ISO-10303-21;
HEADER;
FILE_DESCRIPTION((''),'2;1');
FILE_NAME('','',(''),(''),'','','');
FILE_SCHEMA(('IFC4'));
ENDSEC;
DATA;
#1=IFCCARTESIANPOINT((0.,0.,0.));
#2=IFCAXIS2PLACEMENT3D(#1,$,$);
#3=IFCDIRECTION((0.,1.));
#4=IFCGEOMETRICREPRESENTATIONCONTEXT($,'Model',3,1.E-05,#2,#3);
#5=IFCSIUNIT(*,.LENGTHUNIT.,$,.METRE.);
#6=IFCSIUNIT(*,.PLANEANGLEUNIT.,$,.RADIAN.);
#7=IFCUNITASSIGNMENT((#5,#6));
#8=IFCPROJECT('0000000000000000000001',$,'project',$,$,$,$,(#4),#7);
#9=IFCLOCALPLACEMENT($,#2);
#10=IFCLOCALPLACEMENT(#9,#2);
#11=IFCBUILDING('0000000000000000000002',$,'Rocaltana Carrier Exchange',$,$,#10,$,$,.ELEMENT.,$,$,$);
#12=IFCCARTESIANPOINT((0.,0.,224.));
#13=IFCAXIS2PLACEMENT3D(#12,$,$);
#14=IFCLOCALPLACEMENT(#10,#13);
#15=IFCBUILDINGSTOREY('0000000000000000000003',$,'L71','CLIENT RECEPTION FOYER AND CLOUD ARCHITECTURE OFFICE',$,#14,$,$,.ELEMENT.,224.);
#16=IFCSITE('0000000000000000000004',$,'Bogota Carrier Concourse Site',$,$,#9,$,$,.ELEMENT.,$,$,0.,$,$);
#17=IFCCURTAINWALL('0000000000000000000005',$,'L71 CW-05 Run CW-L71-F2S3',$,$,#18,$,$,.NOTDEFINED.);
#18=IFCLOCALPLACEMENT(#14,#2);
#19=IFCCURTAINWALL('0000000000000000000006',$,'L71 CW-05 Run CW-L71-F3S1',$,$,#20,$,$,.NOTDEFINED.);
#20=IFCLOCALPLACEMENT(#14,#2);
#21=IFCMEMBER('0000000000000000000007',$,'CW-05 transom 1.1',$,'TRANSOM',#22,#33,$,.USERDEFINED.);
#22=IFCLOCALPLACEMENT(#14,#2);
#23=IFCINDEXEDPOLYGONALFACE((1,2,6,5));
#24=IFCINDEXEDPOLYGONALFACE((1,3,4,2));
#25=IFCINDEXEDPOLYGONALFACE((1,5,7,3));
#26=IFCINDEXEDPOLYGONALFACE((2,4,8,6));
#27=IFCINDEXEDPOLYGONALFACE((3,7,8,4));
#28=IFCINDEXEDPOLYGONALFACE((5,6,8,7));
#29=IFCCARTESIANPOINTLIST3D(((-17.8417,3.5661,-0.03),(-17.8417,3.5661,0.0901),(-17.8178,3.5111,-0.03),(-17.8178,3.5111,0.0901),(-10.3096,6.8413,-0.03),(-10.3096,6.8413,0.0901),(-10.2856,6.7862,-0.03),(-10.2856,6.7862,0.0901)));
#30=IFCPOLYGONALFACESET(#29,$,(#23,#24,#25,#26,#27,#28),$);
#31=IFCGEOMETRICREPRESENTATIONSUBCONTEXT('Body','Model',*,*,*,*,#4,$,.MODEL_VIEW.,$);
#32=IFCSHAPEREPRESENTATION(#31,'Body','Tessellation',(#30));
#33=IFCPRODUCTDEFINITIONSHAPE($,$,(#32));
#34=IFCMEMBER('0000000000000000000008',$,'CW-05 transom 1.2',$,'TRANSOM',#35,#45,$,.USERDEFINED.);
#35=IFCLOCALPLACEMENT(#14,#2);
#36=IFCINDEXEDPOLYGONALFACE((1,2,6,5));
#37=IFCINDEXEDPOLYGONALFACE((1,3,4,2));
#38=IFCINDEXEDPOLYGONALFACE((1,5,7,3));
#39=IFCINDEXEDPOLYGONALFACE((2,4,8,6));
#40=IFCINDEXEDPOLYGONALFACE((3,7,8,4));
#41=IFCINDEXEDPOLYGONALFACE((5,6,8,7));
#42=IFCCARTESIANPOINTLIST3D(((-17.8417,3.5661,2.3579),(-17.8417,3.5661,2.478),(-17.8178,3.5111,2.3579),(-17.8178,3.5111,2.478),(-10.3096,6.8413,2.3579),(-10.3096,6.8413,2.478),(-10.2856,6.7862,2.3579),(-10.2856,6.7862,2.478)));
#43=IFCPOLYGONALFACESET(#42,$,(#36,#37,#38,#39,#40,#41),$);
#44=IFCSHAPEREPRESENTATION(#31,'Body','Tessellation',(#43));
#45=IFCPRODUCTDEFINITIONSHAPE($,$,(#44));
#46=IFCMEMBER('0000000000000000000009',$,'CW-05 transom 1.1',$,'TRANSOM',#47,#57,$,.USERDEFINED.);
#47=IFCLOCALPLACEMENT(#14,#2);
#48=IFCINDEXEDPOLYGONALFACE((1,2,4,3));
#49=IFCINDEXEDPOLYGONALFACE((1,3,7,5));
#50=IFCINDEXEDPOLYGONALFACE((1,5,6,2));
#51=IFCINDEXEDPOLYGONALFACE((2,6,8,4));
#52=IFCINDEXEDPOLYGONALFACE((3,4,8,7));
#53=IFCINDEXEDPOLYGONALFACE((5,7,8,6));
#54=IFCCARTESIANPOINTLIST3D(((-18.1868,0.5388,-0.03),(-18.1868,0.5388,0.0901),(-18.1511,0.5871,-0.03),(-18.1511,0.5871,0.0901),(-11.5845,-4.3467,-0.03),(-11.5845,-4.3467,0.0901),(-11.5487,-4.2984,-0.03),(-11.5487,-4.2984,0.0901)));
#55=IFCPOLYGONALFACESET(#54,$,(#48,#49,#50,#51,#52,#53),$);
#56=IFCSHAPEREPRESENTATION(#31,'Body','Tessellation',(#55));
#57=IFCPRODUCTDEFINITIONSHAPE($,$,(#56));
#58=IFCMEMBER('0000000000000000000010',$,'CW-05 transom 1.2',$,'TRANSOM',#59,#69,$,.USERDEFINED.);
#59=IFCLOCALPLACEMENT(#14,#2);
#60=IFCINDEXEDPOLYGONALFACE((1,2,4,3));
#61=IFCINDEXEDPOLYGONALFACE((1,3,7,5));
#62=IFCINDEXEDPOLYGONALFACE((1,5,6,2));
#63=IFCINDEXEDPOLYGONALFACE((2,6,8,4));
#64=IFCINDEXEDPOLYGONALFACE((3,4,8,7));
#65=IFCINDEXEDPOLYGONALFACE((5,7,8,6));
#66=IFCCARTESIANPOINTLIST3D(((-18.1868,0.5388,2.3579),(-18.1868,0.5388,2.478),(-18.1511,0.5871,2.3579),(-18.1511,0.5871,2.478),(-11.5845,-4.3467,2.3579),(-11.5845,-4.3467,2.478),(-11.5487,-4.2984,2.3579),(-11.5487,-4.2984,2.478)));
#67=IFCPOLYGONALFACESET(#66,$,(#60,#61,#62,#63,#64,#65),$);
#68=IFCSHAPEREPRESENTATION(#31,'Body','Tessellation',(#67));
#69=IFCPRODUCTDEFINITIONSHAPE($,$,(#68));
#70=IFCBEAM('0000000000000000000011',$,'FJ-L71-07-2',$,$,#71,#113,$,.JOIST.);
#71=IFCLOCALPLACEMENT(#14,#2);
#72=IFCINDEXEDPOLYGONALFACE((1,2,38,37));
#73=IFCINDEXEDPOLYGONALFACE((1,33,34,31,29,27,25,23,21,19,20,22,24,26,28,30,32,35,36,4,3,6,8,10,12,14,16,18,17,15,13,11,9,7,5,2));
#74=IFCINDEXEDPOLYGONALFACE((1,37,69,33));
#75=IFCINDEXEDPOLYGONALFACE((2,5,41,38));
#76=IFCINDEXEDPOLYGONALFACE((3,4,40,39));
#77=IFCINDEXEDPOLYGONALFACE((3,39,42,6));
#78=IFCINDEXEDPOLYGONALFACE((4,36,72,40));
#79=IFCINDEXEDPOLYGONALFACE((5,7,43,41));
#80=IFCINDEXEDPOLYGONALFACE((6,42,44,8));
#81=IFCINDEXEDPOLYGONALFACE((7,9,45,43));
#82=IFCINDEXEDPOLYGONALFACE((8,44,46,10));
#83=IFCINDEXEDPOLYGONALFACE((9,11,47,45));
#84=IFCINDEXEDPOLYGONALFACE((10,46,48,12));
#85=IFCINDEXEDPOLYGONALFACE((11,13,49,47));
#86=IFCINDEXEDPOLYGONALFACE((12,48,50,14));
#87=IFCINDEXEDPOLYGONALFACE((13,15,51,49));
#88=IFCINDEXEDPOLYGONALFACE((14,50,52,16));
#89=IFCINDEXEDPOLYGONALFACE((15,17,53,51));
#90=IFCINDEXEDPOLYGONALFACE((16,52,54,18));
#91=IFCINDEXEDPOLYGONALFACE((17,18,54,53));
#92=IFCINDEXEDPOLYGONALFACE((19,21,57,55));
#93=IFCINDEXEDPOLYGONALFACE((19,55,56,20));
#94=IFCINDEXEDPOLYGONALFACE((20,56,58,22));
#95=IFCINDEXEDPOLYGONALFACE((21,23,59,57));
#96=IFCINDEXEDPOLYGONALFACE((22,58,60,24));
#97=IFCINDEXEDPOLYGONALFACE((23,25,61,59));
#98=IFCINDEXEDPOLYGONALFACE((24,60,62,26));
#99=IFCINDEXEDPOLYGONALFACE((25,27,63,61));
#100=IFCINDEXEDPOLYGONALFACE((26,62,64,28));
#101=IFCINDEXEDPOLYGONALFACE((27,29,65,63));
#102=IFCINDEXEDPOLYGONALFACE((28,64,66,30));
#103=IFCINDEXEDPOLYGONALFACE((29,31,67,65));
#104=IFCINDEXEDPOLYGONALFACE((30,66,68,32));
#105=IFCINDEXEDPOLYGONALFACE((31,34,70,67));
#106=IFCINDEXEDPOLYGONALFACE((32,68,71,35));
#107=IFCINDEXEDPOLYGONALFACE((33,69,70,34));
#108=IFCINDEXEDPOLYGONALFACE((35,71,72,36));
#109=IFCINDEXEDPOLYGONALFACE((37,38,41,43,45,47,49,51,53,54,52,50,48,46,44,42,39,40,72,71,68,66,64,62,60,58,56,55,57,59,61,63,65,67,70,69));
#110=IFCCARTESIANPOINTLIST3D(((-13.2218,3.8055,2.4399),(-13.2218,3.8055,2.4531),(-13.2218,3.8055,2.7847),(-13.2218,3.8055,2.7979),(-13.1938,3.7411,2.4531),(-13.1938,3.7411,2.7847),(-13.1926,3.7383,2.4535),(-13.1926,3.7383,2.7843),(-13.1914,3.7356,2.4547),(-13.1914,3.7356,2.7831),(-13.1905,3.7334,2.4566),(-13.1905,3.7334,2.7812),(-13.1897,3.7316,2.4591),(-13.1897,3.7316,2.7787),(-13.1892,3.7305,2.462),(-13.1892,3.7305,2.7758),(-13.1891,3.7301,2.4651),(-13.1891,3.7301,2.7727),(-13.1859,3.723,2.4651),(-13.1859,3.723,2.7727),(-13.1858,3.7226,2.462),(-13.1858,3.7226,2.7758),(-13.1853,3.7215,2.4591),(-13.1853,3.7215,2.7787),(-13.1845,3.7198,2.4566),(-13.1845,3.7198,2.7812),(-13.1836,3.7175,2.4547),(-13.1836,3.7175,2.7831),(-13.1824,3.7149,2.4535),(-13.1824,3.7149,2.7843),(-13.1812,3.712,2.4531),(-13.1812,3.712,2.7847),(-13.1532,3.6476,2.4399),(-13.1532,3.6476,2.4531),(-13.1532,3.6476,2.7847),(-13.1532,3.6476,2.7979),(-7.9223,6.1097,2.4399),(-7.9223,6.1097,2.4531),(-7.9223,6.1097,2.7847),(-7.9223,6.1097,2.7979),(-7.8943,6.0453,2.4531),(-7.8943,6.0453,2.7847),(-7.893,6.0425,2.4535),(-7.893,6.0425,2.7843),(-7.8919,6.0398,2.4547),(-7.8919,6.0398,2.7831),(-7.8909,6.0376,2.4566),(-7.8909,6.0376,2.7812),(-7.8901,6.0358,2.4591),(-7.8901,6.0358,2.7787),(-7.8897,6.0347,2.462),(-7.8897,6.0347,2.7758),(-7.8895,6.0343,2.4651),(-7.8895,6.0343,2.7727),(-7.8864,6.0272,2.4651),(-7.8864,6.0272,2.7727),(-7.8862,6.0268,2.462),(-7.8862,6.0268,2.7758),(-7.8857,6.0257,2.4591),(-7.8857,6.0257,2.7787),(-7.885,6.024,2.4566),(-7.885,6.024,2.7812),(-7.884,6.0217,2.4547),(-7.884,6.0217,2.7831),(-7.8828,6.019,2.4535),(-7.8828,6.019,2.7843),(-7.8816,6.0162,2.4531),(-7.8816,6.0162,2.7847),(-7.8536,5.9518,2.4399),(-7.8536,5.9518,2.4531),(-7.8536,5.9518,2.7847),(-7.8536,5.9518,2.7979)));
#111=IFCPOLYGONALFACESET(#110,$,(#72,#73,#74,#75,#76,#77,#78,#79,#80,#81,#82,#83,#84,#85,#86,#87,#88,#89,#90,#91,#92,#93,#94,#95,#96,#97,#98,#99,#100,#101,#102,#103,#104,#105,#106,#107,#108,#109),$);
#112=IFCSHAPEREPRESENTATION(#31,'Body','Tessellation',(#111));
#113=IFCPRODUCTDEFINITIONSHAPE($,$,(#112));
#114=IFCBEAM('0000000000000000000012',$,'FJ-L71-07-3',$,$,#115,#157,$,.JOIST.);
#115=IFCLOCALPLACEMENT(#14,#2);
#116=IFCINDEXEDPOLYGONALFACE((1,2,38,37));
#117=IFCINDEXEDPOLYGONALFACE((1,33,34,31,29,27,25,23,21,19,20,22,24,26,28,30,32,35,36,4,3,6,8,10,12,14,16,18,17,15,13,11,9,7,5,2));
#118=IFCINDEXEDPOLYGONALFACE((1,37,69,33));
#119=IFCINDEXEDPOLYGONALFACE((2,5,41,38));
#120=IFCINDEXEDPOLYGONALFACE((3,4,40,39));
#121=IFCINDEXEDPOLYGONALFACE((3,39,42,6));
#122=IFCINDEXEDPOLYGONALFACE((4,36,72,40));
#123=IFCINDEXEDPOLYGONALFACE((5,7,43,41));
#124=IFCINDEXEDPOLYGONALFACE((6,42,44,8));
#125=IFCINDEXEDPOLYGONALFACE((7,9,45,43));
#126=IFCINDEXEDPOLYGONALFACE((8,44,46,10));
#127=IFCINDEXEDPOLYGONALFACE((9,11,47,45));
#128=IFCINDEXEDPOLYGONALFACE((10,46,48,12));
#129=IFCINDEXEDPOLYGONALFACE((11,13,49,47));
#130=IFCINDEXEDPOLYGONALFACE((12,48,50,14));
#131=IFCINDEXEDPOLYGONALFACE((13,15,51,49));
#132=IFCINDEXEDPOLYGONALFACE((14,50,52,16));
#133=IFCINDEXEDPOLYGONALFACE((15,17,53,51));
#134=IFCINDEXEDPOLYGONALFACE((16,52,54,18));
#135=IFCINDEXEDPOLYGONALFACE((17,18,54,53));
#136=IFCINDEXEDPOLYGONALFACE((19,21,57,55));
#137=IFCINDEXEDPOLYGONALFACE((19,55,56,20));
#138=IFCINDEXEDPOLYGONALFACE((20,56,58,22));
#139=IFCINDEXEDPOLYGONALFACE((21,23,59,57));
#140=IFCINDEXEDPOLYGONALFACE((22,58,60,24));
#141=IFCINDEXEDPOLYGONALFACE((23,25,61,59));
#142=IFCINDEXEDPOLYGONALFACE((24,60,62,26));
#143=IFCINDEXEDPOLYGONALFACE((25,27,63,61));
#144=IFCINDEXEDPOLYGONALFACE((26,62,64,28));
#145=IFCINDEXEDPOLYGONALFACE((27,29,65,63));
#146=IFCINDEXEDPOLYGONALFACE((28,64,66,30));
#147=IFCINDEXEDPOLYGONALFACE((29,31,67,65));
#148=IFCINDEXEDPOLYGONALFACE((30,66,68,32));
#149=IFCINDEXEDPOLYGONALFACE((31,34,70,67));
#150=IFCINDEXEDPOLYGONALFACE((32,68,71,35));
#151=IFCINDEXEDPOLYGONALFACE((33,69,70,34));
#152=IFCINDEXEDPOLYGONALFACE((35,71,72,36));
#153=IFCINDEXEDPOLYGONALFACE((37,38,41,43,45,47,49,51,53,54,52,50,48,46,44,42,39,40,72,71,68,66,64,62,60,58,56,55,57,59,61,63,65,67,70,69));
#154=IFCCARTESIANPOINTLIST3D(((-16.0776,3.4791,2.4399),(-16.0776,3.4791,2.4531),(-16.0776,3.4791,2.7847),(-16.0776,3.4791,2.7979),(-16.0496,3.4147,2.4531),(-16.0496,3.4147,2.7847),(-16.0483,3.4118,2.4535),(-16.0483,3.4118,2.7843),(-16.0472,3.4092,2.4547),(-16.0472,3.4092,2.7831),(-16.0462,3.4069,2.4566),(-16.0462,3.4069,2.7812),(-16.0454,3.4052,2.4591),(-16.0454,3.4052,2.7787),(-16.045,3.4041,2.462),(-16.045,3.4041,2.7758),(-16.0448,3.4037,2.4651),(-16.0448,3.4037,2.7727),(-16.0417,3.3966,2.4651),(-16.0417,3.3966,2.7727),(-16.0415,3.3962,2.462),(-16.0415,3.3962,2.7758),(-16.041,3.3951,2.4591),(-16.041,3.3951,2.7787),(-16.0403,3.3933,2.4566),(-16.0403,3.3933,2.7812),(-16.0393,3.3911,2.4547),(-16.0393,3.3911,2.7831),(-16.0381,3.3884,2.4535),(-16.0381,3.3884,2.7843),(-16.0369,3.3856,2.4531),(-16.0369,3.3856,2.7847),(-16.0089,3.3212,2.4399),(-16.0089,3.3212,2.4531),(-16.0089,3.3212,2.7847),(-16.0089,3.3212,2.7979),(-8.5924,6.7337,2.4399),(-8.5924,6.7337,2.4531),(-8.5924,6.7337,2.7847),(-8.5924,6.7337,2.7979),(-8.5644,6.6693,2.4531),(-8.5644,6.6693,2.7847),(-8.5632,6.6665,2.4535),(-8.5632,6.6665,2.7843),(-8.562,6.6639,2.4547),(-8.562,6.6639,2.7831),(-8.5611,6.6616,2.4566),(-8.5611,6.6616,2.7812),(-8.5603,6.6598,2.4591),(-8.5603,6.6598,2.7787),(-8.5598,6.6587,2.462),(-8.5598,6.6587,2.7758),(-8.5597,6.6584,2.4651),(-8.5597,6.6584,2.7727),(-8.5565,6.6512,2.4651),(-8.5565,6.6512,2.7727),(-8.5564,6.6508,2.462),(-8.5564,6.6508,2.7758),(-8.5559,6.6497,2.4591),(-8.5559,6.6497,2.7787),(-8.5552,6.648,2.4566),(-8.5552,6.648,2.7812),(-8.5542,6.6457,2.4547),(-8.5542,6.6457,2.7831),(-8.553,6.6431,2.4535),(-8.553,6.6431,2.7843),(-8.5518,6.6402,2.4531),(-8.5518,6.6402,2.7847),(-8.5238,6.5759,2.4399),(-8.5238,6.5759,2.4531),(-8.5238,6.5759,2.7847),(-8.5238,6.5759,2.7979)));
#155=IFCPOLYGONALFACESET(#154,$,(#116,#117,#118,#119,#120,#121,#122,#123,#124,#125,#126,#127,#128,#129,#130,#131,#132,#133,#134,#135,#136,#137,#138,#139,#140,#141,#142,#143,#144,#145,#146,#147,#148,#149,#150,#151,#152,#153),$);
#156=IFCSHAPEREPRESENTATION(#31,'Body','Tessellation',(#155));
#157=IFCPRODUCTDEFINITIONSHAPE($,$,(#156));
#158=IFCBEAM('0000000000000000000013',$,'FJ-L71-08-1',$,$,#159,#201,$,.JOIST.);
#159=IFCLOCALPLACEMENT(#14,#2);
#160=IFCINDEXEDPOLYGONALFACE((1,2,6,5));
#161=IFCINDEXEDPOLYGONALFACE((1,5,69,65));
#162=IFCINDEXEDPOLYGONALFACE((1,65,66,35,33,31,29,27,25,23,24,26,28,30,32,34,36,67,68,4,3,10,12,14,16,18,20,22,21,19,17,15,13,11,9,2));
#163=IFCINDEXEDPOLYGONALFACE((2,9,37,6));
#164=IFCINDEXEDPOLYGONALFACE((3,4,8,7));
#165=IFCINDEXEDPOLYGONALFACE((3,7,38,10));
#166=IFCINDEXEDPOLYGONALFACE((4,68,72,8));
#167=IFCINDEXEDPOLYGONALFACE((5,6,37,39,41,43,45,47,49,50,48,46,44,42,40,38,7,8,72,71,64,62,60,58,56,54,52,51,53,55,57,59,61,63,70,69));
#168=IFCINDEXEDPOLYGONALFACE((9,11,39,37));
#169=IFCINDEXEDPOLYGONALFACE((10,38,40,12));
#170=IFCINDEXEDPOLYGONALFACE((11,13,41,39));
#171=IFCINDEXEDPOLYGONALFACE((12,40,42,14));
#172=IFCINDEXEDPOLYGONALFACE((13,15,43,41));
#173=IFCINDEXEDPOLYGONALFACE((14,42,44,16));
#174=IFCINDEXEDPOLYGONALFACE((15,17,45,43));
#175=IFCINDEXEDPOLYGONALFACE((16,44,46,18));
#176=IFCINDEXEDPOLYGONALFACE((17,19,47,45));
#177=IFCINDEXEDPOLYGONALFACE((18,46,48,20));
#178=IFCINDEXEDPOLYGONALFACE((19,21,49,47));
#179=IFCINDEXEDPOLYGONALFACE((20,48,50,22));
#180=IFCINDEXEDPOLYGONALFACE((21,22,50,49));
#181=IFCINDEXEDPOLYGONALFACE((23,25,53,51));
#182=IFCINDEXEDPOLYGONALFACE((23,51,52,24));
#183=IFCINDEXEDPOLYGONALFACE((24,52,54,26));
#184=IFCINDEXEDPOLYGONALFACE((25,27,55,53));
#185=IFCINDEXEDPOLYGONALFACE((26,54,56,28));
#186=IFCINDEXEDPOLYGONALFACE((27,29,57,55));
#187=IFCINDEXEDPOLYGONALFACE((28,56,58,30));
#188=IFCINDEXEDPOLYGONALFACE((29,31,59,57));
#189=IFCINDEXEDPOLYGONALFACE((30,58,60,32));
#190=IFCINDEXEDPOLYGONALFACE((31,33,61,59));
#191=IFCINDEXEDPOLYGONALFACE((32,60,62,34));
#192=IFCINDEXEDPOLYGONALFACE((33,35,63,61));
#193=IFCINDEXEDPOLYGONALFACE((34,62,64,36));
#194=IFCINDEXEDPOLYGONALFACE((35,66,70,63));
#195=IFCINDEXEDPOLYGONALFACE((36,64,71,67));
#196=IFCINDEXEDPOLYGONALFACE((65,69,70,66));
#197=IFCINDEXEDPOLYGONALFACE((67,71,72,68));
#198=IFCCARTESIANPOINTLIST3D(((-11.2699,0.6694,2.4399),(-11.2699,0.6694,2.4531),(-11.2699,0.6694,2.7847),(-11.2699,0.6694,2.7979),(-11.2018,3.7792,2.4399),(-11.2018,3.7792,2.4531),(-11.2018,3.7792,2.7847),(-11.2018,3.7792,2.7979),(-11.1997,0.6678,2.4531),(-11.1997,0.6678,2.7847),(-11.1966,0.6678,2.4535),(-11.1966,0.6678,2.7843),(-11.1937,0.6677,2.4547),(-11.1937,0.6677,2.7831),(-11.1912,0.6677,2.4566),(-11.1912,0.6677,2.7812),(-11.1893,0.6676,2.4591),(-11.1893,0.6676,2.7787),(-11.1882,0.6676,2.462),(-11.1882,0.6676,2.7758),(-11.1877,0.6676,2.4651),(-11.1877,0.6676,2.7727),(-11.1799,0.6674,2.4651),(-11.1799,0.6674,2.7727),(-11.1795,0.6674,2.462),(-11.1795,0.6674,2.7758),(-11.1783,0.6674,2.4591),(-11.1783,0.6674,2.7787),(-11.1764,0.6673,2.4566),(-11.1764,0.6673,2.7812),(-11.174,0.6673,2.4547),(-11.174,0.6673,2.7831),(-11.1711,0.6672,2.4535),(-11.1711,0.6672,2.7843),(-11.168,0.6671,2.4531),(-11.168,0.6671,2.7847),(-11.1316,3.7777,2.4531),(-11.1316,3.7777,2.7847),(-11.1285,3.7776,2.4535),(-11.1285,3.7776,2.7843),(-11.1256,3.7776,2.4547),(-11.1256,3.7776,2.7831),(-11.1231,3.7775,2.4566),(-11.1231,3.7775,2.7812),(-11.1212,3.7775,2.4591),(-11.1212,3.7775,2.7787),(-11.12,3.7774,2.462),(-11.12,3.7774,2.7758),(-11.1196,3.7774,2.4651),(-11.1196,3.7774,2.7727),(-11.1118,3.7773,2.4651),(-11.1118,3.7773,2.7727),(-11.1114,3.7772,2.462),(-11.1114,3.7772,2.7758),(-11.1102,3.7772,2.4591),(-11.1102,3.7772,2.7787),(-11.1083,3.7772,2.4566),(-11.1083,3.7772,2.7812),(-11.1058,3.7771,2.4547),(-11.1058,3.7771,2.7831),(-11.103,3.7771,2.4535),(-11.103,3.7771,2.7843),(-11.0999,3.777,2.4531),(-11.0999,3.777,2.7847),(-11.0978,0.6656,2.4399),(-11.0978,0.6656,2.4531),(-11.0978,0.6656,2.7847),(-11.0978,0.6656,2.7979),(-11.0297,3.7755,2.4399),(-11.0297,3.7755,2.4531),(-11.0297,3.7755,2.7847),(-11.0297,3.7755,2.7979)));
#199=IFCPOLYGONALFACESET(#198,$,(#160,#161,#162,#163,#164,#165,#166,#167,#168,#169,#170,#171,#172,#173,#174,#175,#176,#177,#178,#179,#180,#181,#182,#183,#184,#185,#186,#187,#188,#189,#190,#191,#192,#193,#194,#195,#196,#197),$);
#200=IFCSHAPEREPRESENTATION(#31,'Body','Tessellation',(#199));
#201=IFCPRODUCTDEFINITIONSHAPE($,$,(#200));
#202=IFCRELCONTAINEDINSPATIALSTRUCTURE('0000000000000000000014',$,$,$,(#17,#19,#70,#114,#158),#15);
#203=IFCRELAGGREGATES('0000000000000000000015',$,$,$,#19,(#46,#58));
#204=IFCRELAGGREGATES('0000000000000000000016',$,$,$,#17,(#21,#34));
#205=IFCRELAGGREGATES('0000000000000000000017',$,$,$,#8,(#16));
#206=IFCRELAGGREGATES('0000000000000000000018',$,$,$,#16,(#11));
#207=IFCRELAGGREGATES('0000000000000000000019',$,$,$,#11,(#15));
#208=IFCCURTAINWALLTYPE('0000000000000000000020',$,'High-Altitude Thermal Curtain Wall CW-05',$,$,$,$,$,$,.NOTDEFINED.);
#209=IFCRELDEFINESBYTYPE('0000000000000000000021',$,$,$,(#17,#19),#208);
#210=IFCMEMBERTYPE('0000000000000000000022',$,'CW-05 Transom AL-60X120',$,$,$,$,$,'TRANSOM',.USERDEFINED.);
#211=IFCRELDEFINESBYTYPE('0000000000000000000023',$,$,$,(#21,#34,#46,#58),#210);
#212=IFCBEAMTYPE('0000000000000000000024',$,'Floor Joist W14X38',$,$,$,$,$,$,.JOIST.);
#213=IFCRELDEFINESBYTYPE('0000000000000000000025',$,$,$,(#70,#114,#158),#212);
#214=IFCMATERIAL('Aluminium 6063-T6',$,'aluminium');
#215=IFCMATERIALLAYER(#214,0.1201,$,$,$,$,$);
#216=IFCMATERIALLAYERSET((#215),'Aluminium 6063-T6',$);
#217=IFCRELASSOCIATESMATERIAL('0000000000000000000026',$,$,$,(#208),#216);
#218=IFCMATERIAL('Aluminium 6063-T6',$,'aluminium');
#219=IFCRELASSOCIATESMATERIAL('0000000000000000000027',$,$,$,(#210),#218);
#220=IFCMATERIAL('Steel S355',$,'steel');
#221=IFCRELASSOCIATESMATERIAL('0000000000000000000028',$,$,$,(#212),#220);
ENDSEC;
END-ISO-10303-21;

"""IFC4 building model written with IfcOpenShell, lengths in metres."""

from ifc_helpers import new_model, si_unit, direction, frame, origin, origin_2d, place, context, subcontext, project, spatial, rectangle, i_section, extrude, material, layer, layer_set, material_profile, profile_set, type_object, element, aggregate, save


model = new_model("IFC4")

# Units and contexts
model_context = context("Model", 3, precision=1e-05, world=origin(), true_north=direction((0.0, 1.0)))
body_context = subcontext(model_context, "Body", "Model", "MODEL_VIEW")
ifc_project = project(units=[si_unit("LENGTHUNIT", "METRE"), si_unit("PLANEANGLEUNIT", "RADIAN")], contexts=[model_context])

# Site, building, storey
site_placement = place(None, origin())
site = spatial("IfcSite", under=ifc_project, at=site_placement, Name="Bogota Carrier Concourse Site", CompositionType="ELEMENT", RefElevation=0.0)
building_placement = place(site_placement, origin())
building = spatial("IfcBuilding", under=site, at=building_placement, Name="Rocaltana Carrier Exchange", CompositionType="ELEMENT")
storey_placement = place(building_placement, frame((0.0, 0.0, 224.0)))
storey = spatial("IfcBuildingStorey", under=building, at=storey_placement, Name="L71", Description="CLIENT RECEPTION FOYER AND CLOUD ARCHITECTURE OFFICE", CompositionType="ELEMENT", Elevation=224.0)

# Shared definitions
ifc_material_1 = material(Name="Aluminium 6063-T6", Category="aluminium")
ifc_layer_1 = layer(ifc_material_1, 0.1201)
ifc_layer_set_1 = layer_set([ifc_layer_1], Name="Aluminium 6063-T6")
curtain_wall_type = type_object("IfcCurtainWallType", Name="High-Altitude Thermal Curtain Wall CW-05", PredefinedType="NOTDEFINED", material=ifc_layer_set_1)

# Curtain wall
curtain_wall_1_placement = place(storey_placement, origin())
curtain_wall_1 = element("IfcCurtainWall", 1, at=curtain_wall_1_placement, inside=storey, type_object=curtain_wall_type, Name="L71 CW-05 Run CW-L71-F2S3", PredefinedType="NOTDEFINED")

# Curtain wall
curtain_wall_2_placement = place(storey_placement, origin())
curtain_wall_2 = element("IfcCurtainWall", 2, at=curtain_wall_2_placement, inside=storey, type_object=curtain_wall_type, Name="L71 CW-05 Run CW-L71-F3S1", PredefinedType="NOTDEFINED")

# Members
ifc_material_2 = material(Name="Aluminium 6063-T6", Category="aluminium")
ifc_material_profile_1 = material_profile(ifc_material_2, rectangle(XDim=0.0601, YDim=0.1201, at=origin_2d()), Name="AL-60X120")
ifc_profile_set_1 = profile_set([ifc_material_profile_1], Name="Aluminium 6063-T6")
member_type_1 = type_object("IfcMemberType", Name="CW-05 Transom AL-60X120", ElementType="TRANSOM", PredefinedType="USERDEFINED", material=ifc_profile_set_1)
member_1_placement = place(storey_placement, frame((-10.2976, 6.8137, 0.03), z_axis=(-0.917058, -0.398753, 0.0), x_axis=(0.398753, -0.917058, 0.0)))
member_1 = element("IfcMember", 3, at=member_1_placement, type_object=member_type_1, Name="CW-05 transom 1.1", ObjectType="TRANSOM", PredefinedType="USERDEFINED", context=body_context, shape_type="SweptSolid", body=[
    extrude(rectangle(XDim=0.0601, YDim=0.1201, at=origin_2d()), origin(), (0.0, 0.0, 1.0), 8.2134),
])
member_2_placement = place(storey_placement, frame((-10.2976, 6.8137, 2.418), z_axis=(-0.917058, -0.398753, 0.0), x_axis=(0.398753, -0.917058, 0.0)))
member_2 = element("IfcMember", 4, at=member_2_placement, type_object=member_type_1, Name="CW-05 transom 1.2", ObjectType="TRANSOM", PredefinedType="USERDEFINED", context=body_context, shape_type="SweptSolid", body=[
    extrude(rectangle(XDim=0.0601, YDim=0.1201, at=origin_2d()), origin(), (0.0, 0.0, 1.0), 8.2134),
])
member_3_placement = place(storey_placement, frame((-18.1689, 0.563, 0.03), z_axis=(0.803854, -0.594827, 0.0), x_axis=(0.594827, 0.803854, 0.0)))
member_3 = element("IfcMember", 5, at=member_3_placement, type_object=member_type_1, Name="CW-05 transom 1.1", ObjectType="TRANSOM", PredefinedType="USERDEFINED", context=body_context, shape_type="SweptSolid", body=[
    extrude(rectangle(XDim=0.0601, YDim=0.1201, at=origin_2d()), origin(), (0.0, 0.0, 1.0), 8.2134),
])
member_4_placement = place(storey_placement, frame((-18.1689, 0.563, 2.418), z_axis=(0.803854, -0.594827, 0.0), x_axis=(0.594827, 0.803854, 0.0)))
member_4 = element("IfcMember", 6, at=member_4_placement, type_object=member_type_1, Name="CW-05 transom 1.2", ObjectType="TRANSOM", PredefinedType="USERDEFINED", context=body_context, shape_type="SweptSolid", body=[
    extrude(rectangle(XDim=0.0601, YDim=0.1201, at=origin_2d()), origin(), (0.0, 0.0, 1.0), 8.2134),
])
aggregate(curtain_wall_2, [member_3, member_4])

# Beams
ifc_material_3 = material(Name="Steel S355", Category="steel")
ifc_material_profile_2 = material_profile(ifc_material_3, i_section(OverallWidth=0.1721, OverallDepth=0.3579, WebThickness=0.0078, FlangeThickness=0.0132, FilletRadius=0.012, at=origin_2d()), Name="W14X38")
ifc_profile_set_2 = profile_set([ifc_material_profile_2], Name="Steel S355")
beam_type_1 = type_object("IfcBeamType", Name="Floor Joist W14X38", PredefinedType="JOIST", material=ifc_profile_set_2)
beam_1_placement = place(storey_placement, frame((-7.8879, 6.0308, 2.6189), z_axis=(-0.917067, -0.398732, 0.0), x_axis=(0.398732, -0.917067, 0.0)))
element("IfcBeam", 7, at=beam_1_placement, inside=storey, type_object=beam_type_1, Name="FJ-L71-07-2", PredefinedType="JOIST", context=body_context, shape_type="SweptSolid", body=[
    extrude(i_section(OverallWidth=0.1721, OverallDepth=0.3579, WebThickness=0.0078, FlangeThickness=0.0132, FilletRadius=0.012, at=origin_2d()), origin(), (0.0, 0.0, 1.0), 5.7788),
])
beam_2_placement = place(storey_placement, frame((-8.5581, 6.6548, 2.6189), z_axis=(-0.917059, -0.398751, 0.0), x_axis=(0.398751, -0.917059, 0.0)))
element("IfcBeam", 8, at=beam_2_placement, inside=storey, type_object=beam_type_1, Name="FJ-L71-07-3", PredefinedType="JOIST", context=body_context, shape_type="SweptSolid", body=[
    extrude(i_section(OverallWidth=0.1721, OverallDepth=0.3579, WebThickness=0.0078, FlangeThickness=0.0132, FilletRadius=0.012, at=origin_2d()), origin(), (0.0, 0.0, 1.0), 8.1621),
])
beam_3_placement = place(storey_placement, frame((-11.1157, 3.7773, 2.6189), z_axis=(-0.021898, -0.99976, 0.0), x_axis=(0.99976, -0.021898, 0.0)))
element("IfcBeam", 9, at=beam_3_placement, inside=storey, type_object=beam_type_1, Name="FJ-L71-08-1", PredefinedType="JOIST", context=body_context, shape_type="SweptSolid", body=[
    extrude(i_section(OverallWidth=0.1721, OverallDepth=0.3579, WebThickness=0.0078, FlangeThickness=0.0132, FilletRadius=0.012, at=origin_2d()), origin(), (0.0, 0.0, 1.0), 3.1106),
])

aggregate(curtain_wall_1, [member_1, member_2])

save(model, "model.ifc")
